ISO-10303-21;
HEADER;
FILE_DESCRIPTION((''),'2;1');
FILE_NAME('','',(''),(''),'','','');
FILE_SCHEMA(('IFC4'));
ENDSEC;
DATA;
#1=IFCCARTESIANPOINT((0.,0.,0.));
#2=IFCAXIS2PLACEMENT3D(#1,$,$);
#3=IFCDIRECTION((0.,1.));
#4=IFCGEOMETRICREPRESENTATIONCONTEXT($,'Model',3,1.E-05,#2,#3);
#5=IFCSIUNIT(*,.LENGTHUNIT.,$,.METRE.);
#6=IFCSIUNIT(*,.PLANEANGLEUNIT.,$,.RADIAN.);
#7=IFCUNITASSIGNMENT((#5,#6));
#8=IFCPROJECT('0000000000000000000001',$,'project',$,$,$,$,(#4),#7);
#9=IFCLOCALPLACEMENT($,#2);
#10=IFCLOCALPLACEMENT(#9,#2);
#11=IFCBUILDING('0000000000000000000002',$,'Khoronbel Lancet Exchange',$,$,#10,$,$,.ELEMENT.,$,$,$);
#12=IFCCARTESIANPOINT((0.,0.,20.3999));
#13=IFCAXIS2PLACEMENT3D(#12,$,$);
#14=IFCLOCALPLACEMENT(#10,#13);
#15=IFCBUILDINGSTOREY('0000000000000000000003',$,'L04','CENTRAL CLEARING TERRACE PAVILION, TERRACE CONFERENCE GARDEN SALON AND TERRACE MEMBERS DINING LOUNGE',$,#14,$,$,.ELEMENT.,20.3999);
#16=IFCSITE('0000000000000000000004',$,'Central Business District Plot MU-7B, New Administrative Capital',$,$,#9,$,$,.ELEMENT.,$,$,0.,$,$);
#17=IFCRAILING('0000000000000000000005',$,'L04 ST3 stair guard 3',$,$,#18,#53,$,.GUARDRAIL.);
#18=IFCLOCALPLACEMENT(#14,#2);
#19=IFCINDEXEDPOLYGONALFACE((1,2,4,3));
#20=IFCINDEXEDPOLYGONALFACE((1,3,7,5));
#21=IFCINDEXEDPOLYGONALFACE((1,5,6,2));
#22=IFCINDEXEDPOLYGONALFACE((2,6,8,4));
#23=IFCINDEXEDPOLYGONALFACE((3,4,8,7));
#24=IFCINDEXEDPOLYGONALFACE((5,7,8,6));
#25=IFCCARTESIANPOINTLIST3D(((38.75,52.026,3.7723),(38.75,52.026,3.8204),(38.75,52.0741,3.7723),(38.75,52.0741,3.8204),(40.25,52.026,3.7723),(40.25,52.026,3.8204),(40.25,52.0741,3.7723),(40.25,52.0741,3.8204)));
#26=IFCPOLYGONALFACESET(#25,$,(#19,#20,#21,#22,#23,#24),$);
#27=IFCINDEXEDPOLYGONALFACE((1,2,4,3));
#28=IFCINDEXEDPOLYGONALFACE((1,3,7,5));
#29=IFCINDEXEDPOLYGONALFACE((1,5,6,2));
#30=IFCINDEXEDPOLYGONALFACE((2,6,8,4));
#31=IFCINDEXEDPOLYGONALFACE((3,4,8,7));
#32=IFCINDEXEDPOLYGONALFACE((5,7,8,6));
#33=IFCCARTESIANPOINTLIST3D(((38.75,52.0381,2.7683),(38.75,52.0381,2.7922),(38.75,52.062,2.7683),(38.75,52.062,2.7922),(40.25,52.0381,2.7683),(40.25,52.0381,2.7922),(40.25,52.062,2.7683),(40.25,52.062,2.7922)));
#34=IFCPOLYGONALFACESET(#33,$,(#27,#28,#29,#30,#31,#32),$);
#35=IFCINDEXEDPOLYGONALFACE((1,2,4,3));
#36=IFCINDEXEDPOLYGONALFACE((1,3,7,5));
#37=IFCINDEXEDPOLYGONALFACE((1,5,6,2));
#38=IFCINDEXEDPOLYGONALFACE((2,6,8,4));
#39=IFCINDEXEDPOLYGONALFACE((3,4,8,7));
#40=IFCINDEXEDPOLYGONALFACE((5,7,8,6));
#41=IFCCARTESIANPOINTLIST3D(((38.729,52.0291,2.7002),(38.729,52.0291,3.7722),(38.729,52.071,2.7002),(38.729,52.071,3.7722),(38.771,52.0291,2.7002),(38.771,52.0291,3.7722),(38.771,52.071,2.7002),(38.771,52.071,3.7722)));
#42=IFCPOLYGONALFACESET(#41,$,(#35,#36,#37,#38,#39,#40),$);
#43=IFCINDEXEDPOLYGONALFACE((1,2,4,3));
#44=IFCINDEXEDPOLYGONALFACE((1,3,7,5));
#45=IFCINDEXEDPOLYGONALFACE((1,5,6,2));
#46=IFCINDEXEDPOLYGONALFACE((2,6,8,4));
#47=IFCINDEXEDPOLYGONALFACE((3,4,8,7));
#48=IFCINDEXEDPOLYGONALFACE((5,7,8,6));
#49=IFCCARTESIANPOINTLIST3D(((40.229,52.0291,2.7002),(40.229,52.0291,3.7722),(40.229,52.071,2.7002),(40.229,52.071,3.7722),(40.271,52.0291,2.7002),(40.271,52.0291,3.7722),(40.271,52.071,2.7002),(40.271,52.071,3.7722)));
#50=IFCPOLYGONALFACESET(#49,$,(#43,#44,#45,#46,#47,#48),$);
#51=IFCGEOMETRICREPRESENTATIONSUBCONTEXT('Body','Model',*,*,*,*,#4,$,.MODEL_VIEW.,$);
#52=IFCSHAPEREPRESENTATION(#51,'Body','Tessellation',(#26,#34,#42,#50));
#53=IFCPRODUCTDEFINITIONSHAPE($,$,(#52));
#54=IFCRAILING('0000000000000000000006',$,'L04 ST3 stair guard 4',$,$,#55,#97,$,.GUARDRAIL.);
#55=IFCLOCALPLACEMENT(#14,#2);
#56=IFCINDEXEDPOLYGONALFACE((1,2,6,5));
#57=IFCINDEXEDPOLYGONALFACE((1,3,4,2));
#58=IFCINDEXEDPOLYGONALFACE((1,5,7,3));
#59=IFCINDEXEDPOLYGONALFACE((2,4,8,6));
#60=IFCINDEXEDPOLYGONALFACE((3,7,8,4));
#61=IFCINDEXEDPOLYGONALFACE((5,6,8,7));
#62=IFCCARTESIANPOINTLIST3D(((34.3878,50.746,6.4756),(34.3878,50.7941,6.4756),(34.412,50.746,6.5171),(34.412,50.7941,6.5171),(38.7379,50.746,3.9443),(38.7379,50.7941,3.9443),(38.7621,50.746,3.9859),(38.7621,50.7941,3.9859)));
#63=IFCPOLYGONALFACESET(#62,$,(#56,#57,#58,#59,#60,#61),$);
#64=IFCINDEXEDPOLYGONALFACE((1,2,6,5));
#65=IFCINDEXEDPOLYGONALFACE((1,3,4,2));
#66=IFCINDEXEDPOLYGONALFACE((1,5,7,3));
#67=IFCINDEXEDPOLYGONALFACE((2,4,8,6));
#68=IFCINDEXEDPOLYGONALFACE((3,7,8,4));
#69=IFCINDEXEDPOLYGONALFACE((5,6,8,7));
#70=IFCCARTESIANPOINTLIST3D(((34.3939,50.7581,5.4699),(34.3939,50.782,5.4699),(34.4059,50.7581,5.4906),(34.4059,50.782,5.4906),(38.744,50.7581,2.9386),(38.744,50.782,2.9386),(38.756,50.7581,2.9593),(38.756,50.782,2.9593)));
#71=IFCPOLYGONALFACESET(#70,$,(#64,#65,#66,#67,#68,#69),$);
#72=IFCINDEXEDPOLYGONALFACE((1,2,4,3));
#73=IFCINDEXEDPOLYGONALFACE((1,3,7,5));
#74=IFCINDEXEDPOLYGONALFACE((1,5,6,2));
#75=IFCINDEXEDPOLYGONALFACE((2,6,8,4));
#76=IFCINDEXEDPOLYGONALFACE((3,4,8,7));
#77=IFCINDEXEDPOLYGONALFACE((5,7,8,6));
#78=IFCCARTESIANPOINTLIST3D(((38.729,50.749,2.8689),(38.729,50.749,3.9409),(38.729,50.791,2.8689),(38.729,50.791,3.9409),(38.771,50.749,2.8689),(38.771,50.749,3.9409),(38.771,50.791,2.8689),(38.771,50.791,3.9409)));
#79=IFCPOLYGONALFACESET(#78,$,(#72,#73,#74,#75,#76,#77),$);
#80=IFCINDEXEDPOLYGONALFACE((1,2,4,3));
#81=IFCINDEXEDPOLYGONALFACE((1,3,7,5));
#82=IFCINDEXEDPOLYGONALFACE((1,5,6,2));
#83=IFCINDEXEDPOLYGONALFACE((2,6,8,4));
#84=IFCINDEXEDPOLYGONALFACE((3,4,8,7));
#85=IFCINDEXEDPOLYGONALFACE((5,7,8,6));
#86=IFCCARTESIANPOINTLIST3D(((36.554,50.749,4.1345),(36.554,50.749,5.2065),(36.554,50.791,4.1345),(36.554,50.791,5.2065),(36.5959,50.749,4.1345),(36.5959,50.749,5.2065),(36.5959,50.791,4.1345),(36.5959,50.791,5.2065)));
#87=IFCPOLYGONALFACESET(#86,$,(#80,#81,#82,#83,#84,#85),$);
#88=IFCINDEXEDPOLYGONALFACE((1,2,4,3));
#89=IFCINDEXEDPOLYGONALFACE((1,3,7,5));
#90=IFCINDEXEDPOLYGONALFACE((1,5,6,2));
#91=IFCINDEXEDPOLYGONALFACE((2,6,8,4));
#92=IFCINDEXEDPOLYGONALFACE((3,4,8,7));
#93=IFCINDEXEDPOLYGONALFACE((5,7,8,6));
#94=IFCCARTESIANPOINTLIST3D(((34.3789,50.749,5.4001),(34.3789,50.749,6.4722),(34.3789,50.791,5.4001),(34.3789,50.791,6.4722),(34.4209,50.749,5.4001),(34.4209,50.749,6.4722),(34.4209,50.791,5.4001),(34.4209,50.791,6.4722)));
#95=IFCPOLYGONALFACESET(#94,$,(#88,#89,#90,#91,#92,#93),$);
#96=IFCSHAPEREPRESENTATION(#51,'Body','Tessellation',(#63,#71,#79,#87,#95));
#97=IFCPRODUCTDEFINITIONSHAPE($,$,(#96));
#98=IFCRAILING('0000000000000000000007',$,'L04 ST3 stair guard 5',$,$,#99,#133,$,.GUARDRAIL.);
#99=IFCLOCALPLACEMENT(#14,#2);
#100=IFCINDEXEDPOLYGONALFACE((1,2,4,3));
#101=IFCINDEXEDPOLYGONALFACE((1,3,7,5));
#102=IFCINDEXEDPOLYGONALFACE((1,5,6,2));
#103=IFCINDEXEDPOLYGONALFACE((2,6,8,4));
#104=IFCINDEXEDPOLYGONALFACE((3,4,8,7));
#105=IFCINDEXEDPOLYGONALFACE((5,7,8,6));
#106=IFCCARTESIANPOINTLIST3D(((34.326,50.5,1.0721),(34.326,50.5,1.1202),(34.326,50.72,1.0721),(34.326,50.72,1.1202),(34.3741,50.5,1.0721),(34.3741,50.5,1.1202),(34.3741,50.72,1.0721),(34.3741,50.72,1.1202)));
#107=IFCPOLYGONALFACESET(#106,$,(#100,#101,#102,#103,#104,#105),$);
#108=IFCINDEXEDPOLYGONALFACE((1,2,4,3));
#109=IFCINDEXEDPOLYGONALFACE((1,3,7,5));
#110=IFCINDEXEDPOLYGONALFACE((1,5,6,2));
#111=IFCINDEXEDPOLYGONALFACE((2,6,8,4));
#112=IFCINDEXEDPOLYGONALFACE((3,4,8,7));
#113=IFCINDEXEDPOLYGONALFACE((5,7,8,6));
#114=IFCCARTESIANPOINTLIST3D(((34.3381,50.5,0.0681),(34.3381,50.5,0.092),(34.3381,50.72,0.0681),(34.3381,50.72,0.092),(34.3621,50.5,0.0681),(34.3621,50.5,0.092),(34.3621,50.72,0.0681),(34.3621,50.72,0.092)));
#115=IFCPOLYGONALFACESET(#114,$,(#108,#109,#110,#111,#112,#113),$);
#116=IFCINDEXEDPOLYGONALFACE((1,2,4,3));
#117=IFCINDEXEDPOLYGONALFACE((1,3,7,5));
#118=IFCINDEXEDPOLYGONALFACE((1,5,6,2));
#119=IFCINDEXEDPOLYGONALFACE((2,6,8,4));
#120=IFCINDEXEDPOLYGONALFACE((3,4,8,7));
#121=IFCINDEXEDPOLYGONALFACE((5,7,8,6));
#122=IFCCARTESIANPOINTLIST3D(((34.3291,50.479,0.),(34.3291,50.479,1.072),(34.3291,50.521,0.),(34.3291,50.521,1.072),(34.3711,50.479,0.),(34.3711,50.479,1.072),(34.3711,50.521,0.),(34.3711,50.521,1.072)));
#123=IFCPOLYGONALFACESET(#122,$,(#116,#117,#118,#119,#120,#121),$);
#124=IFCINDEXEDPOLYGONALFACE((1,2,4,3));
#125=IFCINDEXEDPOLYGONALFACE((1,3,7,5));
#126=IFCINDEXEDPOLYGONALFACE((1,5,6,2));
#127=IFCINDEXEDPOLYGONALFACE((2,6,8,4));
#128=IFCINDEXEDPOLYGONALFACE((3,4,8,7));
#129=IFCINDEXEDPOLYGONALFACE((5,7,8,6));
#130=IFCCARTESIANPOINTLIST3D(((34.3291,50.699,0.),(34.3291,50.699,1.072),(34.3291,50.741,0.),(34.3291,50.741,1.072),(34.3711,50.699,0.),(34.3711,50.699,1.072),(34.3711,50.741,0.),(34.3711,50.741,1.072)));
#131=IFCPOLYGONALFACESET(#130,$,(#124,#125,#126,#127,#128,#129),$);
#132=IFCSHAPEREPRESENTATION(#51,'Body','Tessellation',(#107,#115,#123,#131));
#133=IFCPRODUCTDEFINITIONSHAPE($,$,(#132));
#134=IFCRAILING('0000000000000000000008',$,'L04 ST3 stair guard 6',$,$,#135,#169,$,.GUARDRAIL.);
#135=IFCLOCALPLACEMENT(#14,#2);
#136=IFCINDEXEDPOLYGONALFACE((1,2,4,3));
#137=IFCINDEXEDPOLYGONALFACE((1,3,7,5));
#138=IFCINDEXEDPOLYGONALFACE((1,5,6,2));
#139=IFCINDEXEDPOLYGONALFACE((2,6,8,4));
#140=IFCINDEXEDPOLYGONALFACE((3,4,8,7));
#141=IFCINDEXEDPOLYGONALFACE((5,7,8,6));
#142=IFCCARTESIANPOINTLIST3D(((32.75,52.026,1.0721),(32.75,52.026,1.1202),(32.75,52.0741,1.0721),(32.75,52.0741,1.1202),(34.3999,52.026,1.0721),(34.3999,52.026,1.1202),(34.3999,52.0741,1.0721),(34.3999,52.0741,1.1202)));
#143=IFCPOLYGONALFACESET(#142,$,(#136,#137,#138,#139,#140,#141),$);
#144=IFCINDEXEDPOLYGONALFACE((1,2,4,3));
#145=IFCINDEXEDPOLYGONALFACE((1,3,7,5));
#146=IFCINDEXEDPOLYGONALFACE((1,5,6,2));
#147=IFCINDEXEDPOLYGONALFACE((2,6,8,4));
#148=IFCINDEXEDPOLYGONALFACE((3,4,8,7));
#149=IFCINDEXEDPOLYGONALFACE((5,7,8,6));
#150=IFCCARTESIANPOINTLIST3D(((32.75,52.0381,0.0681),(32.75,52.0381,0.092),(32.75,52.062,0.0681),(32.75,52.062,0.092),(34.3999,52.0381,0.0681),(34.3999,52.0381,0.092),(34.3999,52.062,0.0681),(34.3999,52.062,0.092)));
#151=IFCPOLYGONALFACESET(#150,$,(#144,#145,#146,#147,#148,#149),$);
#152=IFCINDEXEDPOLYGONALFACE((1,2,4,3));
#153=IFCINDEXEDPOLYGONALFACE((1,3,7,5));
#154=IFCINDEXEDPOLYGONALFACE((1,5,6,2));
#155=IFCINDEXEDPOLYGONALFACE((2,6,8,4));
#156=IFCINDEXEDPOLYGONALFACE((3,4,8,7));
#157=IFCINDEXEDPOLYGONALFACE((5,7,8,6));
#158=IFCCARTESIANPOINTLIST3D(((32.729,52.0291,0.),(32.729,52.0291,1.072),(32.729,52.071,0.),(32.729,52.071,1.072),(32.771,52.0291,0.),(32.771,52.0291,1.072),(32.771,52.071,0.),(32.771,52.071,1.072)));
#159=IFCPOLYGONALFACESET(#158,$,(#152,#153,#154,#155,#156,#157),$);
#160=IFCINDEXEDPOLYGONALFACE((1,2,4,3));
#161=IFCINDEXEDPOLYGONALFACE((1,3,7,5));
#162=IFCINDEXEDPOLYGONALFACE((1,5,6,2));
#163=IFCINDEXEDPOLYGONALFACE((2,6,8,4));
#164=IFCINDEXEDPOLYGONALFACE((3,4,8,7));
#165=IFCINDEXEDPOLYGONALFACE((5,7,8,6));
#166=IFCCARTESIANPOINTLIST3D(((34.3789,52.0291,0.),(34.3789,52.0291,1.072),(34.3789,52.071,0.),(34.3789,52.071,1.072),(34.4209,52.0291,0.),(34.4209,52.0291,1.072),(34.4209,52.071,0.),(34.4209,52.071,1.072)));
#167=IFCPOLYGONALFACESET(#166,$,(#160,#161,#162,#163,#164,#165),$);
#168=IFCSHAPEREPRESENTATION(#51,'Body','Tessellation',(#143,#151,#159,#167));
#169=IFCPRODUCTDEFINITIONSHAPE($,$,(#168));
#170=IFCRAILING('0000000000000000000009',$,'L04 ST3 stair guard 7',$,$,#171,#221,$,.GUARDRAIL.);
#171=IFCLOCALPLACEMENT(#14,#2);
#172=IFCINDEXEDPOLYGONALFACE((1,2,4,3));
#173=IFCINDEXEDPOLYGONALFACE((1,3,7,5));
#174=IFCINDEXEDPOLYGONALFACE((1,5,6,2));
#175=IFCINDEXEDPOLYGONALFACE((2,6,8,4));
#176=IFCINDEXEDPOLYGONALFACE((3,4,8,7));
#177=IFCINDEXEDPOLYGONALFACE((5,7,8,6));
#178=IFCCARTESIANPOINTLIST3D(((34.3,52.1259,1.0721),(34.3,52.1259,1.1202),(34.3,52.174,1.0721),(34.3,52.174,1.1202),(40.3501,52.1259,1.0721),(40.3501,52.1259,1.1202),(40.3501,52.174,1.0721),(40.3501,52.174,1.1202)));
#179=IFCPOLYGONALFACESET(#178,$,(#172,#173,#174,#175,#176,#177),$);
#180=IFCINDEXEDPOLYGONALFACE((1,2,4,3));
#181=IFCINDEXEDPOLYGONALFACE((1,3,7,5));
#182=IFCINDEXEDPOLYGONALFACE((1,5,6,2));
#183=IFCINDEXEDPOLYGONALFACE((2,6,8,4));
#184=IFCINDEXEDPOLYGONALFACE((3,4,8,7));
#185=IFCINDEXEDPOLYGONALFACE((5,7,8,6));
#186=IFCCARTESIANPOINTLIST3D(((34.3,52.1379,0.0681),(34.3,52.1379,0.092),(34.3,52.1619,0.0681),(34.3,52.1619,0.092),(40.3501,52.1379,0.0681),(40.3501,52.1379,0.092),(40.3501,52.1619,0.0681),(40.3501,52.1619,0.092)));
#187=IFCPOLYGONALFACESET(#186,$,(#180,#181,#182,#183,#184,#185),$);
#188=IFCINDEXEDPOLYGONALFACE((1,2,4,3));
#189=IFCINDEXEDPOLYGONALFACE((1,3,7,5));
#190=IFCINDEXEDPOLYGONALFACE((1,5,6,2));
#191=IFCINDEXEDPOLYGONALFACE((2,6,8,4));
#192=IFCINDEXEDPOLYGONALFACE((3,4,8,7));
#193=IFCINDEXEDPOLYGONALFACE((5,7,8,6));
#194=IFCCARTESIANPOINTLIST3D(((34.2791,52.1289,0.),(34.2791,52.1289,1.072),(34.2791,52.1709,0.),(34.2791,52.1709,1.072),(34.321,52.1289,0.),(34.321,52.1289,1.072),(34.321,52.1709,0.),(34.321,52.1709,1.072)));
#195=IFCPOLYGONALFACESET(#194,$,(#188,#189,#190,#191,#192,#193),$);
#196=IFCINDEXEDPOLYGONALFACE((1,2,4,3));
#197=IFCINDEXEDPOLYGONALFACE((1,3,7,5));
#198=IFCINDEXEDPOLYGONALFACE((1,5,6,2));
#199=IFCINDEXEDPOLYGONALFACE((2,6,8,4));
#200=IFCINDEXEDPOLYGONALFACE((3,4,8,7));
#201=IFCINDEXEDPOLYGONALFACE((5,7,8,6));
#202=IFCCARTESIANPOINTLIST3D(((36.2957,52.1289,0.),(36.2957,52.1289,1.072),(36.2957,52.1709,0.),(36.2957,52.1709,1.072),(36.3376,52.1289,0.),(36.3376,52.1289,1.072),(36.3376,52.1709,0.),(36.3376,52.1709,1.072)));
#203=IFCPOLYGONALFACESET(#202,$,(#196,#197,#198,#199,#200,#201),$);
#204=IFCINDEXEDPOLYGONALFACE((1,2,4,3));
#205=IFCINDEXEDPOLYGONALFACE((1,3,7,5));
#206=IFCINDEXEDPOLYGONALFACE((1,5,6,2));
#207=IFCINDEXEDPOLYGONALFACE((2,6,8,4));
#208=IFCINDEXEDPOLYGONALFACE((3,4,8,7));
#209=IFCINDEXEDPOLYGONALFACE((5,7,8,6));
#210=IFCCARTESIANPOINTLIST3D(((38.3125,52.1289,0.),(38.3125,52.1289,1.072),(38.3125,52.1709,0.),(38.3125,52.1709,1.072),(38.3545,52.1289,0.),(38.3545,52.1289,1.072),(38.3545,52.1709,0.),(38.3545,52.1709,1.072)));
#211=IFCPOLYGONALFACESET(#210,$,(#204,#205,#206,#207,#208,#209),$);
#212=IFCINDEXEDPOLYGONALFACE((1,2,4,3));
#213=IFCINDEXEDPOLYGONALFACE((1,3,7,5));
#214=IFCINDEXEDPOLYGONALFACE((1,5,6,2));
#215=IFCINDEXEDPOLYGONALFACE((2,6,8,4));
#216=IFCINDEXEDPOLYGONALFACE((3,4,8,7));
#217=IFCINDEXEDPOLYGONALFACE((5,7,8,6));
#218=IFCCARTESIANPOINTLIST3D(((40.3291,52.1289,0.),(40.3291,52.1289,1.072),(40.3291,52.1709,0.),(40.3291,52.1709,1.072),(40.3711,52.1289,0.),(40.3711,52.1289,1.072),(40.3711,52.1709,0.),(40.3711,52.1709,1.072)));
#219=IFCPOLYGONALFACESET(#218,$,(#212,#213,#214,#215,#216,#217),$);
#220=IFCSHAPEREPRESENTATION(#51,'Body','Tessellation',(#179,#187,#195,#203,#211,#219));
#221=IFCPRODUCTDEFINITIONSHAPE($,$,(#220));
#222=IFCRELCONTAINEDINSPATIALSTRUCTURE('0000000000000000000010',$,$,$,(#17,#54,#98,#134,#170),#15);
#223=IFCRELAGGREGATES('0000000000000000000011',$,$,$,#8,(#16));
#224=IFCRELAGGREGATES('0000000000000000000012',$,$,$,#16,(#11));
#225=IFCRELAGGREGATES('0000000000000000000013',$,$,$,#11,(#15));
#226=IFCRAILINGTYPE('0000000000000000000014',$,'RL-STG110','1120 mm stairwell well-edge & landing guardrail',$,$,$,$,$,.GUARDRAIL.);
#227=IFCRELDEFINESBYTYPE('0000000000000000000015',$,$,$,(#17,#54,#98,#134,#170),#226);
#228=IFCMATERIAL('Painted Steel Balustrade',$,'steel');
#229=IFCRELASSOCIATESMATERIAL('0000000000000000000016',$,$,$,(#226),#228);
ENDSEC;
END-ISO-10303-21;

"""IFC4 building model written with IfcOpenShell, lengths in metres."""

from ifc_helpers import new_model, si_unit, direction, frame, origin, origin_2d, place, context, subcontext, project, spatial, rectangle, extrude, material, type_object, element, save


model = new_model("IFC4")

# Units and contexts
model_context = context("Model", 3, precision=1e-05, world=origin(), true_north=direction((0.0, 1.0)))
body_context = subcontext(model_context, "Body", "Model", "MODEL_VIEW")
ifc_project = project(units=[si_unit("LENGTHUNIT", "METRE"), si_unit("PLANEANGLEUNIT", "RADIAN")], contexts=[model_context])

# Site, building, storey
site_placement = place(None, origin())
site = spatial("IfcSite", under=ifc_project, at=site_placement, Name="Central Business District Plot MU-7B, New Administrative Capital", CompositionType="ELEMENT", RefElevation=0.0)
building_placement = place(site_placement, origin())
building = spatial("IfcBuilding", under=site, at=building_placement, Name="Khoronbel Lancet Exchange", CompositionType="ELEMENT")
storey_placement = place(building_placement, frame((0.0, 0.0, 20.3999)))
storey = spatial("IfcBuildingStorey", under=building, at=storey_placement, Name="L04", Description="CENTRAL CLEARING TERRACE PAVILION, TERRACE CONFERENCE GARDEN SALON AND TERRACE MEMBERS DINING LOUNGE", CompositionType="ELEMENT", Elevation=20.3999)

# Railings
ifc_material_1 = material(Name="Painted Steel Balustrade", Category="steel")
railing_type_1 = type_object("IfcRailingType", Name="RL-STG110", Description="1120 mm stairwell well-edge & landing guardrail", PredefinedType="GUARDRAIL", material=ifc_material_1)
railing_1_placement = place(storey_placement, frame((38.75, 52.05, 2.7002)))
element("IfcRailing", 1, at=railing_1_placement, inside=storey, type_object=railing_type_1, Name="L04 ST3 stair guard 3", PredefinedType="GUARDRAIL", context=body_context, shape_type="SweptSolid", body=[
    extrude(rectangle(XDim=0.0481, YDim=0.0481, at=origin_2d()), frame((0.0, 0.0, 1.0962), z_axis=(1.0, 0.0, 0.0), x_axis=(0.0, 1.0, 0.0)), (0.0, 0.0, 1.0), 1.5),
    extrude(rectangle(XDim=0.0239, YDim=0.0239, at=origin_2d()), frame((0.0, 0.0, 0.0801), z_axis=(1.0, 0.0, 0.0), x_axis=(0.0, 1.0, 0.0)), (0.0, 0.0, 1.0), 1.5),
    extrude(rectangle(XDim=0.042, YDim=0.042, at=origin_2d()), origin(), (0.0, 0.0, 1.0), 1.072),
    extrude(rectangle(XDim=0.042, YDim=0.042, at=origin_2d()), frame((1.5, 0.0, 0.0)), (0.0, 0.0, 1.0), 1.072),
])
railing_2_placement = place(storey_placement, frame((38.75, 50.77, 2.8689)))
element("IfcRailing", 2, at=railing_2_placement, inside=storey, type_object=railing_type_1, Name="L04 ST3 stair guard 4", PredefinedType="GUARDRAIL", context=body_context, shape_type="SweptSolid", body=[
    extrude(rectangle(XDim=0.0481, YDim=0.0481, at=origin_2d()), frame((0.0, 0.0, 1.0962), z_axis=(-0.864324, 0.0, 0.502936), x_axis=(0.0, -1.0, 0.0)), (0.0, 0.0, 1.0), 5.033),
    extrude(rectangle(XDim=0.0239, YDim=0.0239, at=origin_2d()), frame((0.0, 0.0, 0.0801), z_axis=(-0.864324, 0.0, 0.502936), x_axis=(0.0, -1.0, 0.0)), (0.0, 0.0, 1.0), 5.033),
    extrude(rectangle(XDim=0.042, YDim=0.042, at=origin_2d()), origin(), (0.0, 0.0, 1.0), 1.072),
    extrude(rectangle(XDim=0.042, YDim=0.042, at=origin_2d()), frame((-2.175, 0.0, 1.2656)), (0.0, 0.0, 1.0), 1.072),
    extrude(rectangle(XDim=0.042, YDim=0.042, at=origin_2d()), frame((-4.3501, 0.0, 2.5312)), (0.0, 0.0, 1.0), 1.072),
])
railing_3_placement = place(storey_placement, frame((34.3501, 50.5, 0.0)))
element("IfcRailing", 3, at=railing_3_placement, inside=storey, type_object=railing_type_1, Name="L04 ST3 stair guard 5", PredefinedType="GUARDRAIL", context=body_context, shape_type="SweptSolid", body=[
    extrude(rectangle(XDim=0.0481, YDim=0.0481, at=origin_2d()), frame((0.0, 0.0, 1.0962), z_axis=(0.0, 1.0, 0.0), x_axis=(-1.0, 0.0, 0.0)), (0.0, 0.0, 1.0), 0.22),
    extrude(rectangle(XDim=0.0239, YDim=0.0239, at=origin_2d()), frame((0.0, 0.0, 0.0801), z_axis=(0.0, 1.0, 0.0), x_axis=(-1.0, 0.0, 0.0)), (0.0, 0.0, 1.0), 0.22),
    extrude(rectangle(XDim=0.042, YDim=0.042, at=origin_2d()), origin(), (0.0, 0.0, 1.0), 1.072),
    extrude(rectangle(XDim=0.042, YDim=0.042, at=origin_2d()), frame((0.0, 0.22, 0.0)), (0.0, 0.0, 1.0), 1.072),
])
railing_4_placement = place(storey_placement, frame((32.75, 52.05, 0.0)))
element("IfcRailing", 4, at=railing_4_placement, inside=storey, type_object=railing_type_1, Name="L04 ST3 stair guard 6", PredefinedType="GUARDRAIL", context=body_context, shape_type="SweptSolid", body=[
    extrude(rectangle(XDim=0.0481, YDim=0.0481, at=origin_2d()), frame((0.0, 0.0, 1.0962), z_axis=(1.0, 0.0, 0.0), x_axis=(0.0, 1.0, 0.0)), (0.0, 0.0, 1.0), 1.6499),
    extrude(rectangle(XDim=0.0239, YDim=0.0239, at=origin_2d()), frame((0.0, 0.0, 0.0801), z_axis=(1.0, 0.0, 0.0), x_axis=(0.0, 1.0, 0.0)), (0.0, 0.0, 1.0), 1.6499),
    extrude(rectangle(XDim=0.042, YDim=0.042, at=origin_2d()), origin(), (0.0, 0.0, 1.0), 1.072),
    extrude(rectangle(XDim=0.042, YDim=0.042, at=origin_2d()), frame((1.6499, 0.0, 0.0)), (0.0, 0.0, 1.0), 1.072),
])
railing_5_placement = place(storey_placement, frame((34.3, 52.1499, 0.0)))
element("IfcRailing", 5, at=railing_5_placement, inside=storey, type_object=railing_type_1, Name="L04 ST3 stair guard 7", PredefinedType="GUARDRAIL", context=body_context, shape_type="SweptSolid", body=[
    extrude(rectangle(XDim=0.0481, YDim=0.0481, at=origin_2d()), frame((0.0, 0.0, 1.0962), z_axis=(1.0, 0.0, 0.0), x_axis=(0.0, 1.0, 0.0)), (0.0, 0.0, 1.0), 6.05),
    extrude(rectangle(XDim=0.0239, YDim=0.0239, at=origin_2d()), frame((0.0, 0.0, 0.0801), z_axis=(1.0, 0.0, 0.0), x_axis=(0.0, 1.0, 0.0)), (0.0, 0.0, 1.0), 6.05),
    extrude(rectangle(XDim=0.042, YDim=0.042, at=origin_2d()), origin(), (0.0, 0.0, 1.0), 1.072),
    extrude(rectangle(XDim=0.042, YDim=0.042, at=origin_2d()), frame((2.0166, 0.0, 0.0)), (0.0, 0.0, 1.0), 1.072),
    extrude(rectangle(XDim=0.042, YDim=0.042, at=origin_2d()), frame((4.0334, 0.0, 0.0)), (0.0, 0.0, 1.0), 1.072),
    extrude(rectangle(XDim=0.042, YDim=0.042, at=origin_2d()), frame((6.05, 0.0, 0.0)), (0.0, 0.0, 1.0), 1.072),
])

save(model, "model.ifc")
